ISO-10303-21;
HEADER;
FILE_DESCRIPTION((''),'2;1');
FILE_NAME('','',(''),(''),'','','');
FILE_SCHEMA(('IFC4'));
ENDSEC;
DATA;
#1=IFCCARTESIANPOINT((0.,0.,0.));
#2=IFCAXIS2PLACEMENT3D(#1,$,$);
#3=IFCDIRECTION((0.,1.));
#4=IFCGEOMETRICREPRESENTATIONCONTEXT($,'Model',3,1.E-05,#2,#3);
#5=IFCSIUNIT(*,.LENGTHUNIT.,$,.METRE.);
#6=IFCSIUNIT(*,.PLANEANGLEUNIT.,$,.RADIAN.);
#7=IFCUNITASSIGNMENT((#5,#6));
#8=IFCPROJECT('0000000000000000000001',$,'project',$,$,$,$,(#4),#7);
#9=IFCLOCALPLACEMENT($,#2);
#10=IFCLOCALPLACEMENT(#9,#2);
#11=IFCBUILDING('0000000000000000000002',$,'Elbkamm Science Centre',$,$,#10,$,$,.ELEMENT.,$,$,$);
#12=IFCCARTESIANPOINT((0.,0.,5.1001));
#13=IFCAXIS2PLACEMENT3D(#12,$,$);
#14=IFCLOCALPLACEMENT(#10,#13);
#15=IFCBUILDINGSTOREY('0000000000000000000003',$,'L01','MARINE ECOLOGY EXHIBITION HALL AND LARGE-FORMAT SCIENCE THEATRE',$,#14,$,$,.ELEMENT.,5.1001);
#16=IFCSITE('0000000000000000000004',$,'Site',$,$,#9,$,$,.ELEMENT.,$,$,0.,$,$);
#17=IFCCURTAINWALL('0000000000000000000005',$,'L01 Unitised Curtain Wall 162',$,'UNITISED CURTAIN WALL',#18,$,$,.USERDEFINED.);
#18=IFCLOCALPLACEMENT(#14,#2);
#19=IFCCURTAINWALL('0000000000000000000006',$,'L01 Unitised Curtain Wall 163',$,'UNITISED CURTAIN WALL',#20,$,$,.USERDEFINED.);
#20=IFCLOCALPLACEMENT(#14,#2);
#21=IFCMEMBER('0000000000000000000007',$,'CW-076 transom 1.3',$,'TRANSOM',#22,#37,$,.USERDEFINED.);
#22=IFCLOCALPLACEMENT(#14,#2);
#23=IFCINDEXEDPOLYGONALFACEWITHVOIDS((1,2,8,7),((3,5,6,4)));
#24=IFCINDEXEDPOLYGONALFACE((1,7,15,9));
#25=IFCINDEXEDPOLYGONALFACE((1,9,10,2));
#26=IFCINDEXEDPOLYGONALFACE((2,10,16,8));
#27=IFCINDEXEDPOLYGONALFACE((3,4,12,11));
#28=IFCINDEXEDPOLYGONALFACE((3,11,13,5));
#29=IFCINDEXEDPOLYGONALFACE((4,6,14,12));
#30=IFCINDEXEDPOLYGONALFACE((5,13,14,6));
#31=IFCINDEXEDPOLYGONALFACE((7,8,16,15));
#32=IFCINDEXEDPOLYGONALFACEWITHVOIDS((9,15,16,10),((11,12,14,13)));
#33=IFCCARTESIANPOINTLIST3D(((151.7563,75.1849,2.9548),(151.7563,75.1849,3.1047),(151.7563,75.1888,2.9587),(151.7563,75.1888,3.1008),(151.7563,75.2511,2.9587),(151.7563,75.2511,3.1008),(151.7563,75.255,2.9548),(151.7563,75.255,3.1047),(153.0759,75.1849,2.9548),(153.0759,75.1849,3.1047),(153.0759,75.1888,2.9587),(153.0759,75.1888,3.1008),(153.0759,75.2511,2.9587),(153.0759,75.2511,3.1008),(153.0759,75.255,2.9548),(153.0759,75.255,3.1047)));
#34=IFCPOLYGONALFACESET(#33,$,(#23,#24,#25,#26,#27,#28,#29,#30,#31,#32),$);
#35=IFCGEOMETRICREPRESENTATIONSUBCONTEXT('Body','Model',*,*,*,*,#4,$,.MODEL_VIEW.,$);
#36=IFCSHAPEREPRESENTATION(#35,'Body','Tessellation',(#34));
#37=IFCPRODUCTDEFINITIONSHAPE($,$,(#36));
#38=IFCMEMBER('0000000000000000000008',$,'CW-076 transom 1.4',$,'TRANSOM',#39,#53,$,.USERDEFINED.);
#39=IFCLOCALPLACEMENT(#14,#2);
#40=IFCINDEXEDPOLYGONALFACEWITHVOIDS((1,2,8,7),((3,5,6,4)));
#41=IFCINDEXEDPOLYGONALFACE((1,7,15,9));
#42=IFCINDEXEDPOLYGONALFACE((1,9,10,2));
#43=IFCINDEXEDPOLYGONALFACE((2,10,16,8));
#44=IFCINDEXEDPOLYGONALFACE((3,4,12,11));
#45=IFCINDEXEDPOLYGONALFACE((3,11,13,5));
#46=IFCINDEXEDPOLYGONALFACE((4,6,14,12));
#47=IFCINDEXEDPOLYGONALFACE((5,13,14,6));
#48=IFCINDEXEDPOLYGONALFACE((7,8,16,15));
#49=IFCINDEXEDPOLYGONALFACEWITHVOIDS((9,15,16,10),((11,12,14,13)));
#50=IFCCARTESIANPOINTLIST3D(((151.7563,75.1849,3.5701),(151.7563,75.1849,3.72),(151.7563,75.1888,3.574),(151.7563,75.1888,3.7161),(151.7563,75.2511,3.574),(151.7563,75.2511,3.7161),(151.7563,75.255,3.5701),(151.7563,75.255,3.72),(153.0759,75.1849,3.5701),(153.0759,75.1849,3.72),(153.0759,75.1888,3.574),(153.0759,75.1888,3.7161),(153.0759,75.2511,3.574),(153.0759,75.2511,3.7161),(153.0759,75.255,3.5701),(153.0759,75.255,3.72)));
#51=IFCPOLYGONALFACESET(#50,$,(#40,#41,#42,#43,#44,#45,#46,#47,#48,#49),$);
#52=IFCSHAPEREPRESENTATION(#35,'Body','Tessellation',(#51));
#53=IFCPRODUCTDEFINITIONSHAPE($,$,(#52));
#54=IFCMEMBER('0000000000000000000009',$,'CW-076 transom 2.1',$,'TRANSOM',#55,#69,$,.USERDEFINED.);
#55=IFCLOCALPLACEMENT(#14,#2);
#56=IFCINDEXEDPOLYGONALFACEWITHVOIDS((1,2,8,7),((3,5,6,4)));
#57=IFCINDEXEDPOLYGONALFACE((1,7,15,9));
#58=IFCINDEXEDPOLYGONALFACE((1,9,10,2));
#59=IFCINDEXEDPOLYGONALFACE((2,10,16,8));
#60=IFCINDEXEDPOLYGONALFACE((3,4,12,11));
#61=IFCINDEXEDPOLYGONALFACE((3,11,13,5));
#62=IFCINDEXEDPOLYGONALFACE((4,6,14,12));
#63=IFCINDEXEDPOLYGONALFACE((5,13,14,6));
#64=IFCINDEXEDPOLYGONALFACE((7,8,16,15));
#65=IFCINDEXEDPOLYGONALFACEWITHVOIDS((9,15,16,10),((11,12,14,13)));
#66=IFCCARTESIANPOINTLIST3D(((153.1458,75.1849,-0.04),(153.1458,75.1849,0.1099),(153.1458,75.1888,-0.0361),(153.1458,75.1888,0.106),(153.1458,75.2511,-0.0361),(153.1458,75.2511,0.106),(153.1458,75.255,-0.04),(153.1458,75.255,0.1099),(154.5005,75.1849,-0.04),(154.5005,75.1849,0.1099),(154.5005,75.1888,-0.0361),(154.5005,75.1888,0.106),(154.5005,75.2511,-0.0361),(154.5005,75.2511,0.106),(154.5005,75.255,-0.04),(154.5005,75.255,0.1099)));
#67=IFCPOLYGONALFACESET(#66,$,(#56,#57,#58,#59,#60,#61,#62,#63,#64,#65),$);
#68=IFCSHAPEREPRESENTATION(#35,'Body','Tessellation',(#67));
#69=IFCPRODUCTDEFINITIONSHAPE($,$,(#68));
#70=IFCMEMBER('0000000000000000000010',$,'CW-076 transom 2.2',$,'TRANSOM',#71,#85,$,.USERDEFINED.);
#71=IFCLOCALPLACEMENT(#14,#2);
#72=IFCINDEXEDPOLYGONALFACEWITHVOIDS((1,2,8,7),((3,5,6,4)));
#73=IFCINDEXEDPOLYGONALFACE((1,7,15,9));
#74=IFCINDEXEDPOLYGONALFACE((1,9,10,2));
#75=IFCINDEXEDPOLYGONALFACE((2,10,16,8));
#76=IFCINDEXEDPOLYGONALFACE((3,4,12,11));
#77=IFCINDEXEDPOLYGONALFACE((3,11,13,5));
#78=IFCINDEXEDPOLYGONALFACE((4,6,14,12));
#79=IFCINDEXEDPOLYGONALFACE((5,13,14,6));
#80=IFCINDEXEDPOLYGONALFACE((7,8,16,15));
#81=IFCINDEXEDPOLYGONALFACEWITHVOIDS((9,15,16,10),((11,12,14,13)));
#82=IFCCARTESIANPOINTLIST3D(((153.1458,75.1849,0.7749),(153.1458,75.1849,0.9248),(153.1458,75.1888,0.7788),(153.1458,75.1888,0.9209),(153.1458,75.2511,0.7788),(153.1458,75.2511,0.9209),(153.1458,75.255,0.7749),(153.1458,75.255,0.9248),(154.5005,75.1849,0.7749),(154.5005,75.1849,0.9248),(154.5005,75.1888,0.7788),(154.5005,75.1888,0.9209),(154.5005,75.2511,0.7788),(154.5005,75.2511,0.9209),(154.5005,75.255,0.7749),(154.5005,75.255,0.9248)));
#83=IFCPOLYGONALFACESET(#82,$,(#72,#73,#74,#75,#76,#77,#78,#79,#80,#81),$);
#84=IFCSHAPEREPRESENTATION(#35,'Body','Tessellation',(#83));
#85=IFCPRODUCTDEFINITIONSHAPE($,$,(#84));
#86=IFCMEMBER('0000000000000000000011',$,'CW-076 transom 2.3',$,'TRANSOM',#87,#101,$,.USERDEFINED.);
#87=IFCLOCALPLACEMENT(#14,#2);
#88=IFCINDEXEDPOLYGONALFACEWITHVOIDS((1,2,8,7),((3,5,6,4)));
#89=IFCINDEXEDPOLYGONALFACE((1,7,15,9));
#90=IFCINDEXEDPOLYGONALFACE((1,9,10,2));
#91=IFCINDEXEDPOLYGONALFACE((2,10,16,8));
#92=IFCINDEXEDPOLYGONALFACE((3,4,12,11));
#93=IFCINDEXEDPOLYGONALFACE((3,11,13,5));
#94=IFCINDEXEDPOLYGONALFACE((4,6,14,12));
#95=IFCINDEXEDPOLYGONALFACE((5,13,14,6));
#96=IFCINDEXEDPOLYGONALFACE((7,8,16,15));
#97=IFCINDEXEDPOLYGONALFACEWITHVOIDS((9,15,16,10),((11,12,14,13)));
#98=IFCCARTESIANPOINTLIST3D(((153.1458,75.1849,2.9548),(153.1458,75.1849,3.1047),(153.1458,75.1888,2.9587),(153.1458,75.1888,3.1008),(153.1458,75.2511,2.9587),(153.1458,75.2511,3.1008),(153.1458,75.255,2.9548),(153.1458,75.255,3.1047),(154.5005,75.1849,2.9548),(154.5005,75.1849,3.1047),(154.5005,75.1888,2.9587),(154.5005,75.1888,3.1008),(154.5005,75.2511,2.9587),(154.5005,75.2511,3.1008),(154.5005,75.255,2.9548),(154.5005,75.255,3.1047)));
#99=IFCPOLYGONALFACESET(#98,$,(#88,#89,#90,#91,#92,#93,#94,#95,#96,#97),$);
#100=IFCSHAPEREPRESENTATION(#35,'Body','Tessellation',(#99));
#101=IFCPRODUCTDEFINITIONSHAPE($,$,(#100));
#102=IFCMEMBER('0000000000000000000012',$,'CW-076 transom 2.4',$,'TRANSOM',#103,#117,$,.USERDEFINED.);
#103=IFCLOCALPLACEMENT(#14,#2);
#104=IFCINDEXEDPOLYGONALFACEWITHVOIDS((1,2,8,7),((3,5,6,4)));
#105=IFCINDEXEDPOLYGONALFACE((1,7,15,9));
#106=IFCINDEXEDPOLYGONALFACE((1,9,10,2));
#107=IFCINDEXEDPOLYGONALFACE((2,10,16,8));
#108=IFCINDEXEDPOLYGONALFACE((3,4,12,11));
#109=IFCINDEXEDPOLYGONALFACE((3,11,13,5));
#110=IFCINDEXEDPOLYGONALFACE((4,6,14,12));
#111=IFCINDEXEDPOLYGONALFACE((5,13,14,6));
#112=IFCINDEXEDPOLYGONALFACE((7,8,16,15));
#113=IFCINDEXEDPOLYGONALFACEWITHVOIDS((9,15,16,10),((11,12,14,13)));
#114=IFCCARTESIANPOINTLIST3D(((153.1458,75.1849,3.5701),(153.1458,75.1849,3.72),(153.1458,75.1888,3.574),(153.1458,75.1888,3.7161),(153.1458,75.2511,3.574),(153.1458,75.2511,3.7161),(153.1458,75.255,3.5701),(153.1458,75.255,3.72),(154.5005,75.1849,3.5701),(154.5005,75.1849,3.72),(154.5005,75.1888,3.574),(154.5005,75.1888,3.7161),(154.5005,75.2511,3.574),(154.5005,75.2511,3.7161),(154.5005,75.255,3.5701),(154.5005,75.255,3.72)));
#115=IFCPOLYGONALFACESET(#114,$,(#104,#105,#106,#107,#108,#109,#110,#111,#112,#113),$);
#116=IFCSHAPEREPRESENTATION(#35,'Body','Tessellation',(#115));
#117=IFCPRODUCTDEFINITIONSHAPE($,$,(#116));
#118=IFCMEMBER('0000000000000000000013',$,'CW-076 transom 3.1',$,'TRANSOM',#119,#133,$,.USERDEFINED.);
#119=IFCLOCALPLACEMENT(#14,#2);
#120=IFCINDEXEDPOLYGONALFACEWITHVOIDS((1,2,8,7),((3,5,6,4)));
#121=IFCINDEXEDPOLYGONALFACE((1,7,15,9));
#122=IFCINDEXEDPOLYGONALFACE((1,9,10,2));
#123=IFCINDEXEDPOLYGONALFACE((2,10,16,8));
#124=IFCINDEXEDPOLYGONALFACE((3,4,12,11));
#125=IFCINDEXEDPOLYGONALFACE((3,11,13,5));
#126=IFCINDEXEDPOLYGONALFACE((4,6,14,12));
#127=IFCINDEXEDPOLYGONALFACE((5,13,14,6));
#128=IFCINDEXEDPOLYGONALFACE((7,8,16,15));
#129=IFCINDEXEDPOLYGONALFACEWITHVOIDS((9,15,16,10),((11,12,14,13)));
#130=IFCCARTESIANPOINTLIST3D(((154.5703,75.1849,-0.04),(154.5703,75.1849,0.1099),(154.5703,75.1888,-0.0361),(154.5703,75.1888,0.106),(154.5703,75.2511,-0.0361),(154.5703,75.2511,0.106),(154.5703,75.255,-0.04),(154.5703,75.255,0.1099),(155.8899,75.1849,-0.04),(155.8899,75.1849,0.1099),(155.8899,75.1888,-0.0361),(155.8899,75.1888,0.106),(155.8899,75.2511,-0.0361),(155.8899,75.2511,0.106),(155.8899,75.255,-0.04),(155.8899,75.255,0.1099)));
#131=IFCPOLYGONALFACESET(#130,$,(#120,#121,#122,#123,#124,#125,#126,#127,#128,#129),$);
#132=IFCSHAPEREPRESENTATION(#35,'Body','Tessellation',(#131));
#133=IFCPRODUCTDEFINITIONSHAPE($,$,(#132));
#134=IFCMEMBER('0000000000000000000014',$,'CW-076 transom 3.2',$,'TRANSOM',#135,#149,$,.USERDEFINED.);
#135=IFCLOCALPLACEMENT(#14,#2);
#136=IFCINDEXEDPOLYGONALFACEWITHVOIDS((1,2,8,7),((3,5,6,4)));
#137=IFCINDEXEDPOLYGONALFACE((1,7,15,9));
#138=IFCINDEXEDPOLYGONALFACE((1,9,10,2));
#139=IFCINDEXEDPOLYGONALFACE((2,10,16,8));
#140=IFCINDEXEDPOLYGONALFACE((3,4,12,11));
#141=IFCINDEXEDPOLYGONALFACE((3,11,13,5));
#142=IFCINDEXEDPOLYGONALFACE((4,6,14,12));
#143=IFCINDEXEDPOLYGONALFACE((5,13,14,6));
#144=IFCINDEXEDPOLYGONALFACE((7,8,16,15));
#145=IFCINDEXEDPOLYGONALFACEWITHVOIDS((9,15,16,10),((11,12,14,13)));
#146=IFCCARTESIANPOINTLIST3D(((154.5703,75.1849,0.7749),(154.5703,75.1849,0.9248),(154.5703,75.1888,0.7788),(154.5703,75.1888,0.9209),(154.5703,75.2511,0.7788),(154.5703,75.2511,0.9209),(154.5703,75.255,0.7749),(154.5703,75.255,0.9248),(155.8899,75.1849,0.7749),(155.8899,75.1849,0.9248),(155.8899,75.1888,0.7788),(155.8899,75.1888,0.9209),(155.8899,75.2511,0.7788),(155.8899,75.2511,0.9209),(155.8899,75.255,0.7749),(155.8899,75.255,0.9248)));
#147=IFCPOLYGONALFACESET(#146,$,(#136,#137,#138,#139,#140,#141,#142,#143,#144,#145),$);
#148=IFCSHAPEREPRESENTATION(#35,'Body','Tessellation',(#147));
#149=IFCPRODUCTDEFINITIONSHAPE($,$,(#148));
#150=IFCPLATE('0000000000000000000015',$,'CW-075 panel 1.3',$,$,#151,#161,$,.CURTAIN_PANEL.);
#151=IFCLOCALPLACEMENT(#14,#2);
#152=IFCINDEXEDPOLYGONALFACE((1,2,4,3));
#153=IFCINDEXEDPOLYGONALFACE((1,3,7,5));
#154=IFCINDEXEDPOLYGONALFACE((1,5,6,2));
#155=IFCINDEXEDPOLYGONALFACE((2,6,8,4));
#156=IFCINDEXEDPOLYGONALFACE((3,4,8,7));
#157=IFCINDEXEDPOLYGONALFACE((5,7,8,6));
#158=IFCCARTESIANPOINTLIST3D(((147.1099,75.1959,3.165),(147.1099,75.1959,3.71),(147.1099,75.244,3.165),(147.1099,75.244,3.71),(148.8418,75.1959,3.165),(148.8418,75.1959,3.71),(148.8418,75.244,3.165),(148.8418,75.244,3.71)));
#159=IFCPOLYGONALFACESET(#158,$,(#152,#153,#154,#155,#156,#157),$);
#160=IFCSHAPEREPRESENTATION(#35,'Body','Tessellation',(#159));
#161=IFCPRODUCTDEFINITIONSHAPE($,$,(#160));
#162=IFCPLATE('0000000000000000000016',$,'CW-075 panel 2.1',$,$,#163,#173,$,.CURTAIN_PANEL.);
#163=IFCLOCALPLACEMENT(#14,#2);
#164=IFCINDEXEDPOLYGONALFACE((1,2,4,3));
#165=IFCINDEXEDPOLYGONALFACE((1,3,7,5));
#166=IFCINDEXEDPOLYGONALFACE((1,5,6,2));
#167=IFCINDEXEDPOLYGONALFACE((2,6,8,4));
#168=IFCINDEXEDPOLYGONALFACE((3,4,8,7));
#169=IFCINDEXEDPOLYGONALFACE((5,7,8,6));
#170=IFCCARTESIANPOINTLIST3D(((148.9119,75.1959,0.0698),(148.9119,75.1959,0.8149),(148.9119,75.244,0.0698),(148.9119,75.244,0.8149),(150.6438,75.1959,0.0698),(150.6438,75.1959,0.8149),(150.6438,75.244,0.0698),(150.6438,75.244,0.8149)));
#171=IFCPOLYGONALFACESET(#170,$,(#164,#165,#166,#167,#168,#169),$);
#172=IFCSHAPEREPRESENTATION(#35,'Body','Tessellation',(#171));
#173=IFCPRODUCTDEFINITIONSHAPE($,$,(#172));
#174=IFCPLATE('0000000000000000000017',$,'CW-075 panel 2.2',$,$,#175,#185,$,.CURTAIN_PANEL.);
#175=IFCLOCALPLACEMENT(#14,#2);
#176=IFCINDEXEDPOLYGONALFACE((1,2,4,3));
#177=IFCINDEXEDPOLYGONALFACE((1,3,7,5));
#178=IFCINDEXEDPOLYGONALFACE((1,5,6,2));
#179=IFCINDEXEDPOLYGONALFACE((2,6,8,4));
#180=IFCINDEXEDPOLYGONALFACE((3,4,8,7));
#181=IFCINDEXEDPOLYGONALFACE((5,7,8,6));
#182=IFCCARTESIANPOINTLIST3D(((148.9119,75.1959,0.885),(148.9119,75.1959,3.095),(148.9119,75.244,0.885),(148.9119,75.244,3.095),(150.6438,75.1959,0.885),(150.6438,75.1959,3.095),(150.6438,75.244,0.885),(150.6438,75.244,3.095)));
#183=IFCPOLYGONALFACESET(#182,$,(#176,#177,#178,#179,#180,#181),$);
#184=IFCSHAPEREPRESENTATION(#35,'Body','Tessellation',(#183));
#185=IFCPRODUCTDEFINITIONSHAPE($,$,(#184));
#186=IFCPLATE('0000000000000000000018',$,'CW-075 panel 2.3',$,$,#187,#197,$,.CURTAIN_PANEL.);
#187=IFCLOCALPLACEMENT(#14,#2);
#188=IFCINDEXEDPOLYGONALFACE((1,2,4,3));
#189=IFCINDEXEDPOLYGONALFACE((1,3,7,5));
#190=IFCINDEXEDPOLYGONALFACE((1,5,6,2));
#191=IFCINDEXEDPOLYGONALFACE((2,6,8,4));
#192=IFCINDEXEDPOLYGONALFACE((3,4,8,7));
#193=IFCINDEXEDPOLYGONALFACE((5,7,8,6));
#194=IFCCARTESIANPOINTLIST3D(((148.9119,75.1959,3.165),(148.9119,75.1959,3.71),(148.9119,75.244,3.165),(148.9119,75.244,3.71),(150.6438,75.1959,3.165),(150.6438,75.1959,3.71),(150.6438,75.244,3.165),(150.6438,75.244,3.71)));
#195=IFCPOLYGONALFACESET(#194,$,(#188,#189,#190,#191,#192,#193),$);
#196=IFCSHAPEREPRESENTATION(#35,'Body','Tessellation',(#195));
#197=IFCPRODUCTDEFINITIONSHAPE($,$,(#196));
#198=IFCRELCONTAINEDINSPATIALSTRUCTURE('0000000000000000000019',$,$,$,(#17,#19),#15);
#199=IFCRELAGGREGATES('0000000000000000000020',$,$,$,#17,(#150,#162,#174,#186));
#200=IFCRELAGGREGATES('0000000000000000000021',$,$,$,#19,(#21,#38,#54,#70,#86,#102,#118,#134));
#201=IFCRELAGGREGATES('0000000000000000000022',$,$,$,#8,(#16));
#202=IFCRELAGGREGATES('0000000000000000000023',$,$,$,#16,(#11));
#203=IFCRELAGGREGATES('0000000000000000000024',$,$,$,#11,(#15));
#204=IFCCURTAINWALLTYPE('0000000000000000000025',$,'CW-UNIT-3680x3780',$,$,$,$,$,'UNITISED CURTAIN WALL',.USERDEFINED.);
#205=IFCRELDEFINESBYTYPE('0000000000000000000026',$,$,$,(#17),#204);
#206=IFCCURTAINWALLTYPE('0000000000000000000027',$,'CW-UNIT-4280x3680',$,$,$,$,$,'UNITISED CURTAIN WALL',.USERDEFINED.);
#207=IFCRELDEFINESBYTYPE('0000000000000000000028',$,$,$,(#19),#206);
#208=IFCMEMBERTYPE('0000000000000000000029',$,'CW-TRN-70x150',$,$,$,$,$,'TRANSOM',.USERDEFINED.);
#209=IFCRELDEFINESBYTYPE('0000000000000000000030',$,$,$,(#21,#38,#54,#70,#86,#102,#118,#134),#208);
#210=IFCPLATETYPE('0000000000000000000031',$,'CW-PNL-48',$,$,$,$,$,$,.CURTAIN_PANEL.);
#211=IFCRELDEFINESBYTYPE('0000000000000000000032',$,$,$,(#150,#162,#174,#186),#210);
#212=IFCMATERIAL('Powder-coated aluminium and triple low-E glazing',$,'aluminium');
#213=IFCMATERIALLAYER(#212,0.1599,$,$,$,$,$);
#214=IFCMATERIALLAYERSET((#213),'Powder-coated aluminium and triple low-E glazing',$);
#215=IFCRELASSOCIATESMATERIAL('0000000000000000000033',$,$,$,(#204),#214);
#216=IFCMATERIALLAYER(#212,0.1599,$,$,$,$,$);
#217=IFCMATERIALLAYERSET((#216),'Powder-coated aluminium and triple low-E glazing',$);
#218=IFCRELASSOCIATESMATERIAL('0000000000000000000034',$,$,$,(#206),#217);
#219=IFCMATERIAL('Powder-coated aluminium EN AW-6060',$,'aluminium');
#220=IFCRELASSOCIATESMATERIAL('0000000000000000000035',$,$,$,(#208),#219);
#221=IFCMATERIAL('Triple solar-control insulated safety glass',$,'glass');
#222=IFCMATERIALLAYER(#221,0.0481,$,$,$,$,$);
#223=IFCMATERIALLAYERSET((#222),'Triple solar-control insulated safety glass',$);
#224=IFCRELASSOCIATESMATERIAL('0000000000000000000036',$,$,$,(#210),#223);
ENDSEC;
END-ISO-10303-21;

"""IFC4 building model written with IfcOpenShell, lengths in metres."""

from ifc_helpers import new_model, si_unit, direction, frame, origin, origin_2d, place, context, subcontext, project, spatial, rectangle, hollow_rectangle, extrude, material, layer, layer_set, material_profile, profile_set, type_object, element, aggregate, save


model = new_model("IFC4")

# Units and contexts
model_context = context("Model", 3, precision=1e-05, world=origin(), true_north=direction((0.0, 1.0)))
body_context = subcontext(model_context, "Body", "Model", "MODEL_VIEW")
ifc_project = project(units=[si_unit("LENGTHUNIT", "METRE"), si_unit("PLANEANGLEUNIT", "RADIAN")], contexts=[model_context])

# Site, building, storey
site_placement = place(None, origin())
site = spatial("IfcSite", under=ifc_project, at=site_placement, Name="Site", CompositionType="ELEMENT", RefElevation=0.0)
building_placement = place(site_placement, origin())
building = spatial("IfcBuilding", under=site, at=building_placement, Name="Elbkamm Science Centre", CompositionType="ELEMENT")
storey_placement = place(building_placement, frame((0.0, 0.0, 5.1001)))
storey = spatial("IfcBuildingStorey", under=building, at=storey_placement, Name="L01", Description="MARINE ECOLOGY EXHIBITION HALL AND LARGE-FORMAT SCIENCE THEATRE", CompositionType="ELEMENT", Elevation=5.1001)

# Curtain walls
ifc_material_1 = material(Name="Powder-coated aluminium and triple low-E glazing", Category="aluminium")
ifc_layer_1 = layer(ifc_material_1, 0.1599)
ifc_layer_set_1 = layer_set([ifc_layer_1], Name="Powder-coated aluminium and triple low-E glazing")
curtain_wall_type_1 = type_object("IfcCurtainWallType", Name="CW-UNIT-3680x3780", ElementType="UNITISED CURTAIN WALL", PredefinedType="USERDEFINED", material=ifc_layer_set_1)
curtain_wall_1_placement = place(storey_placement, origin())
curtain_wall_1 = element("IfcCurtainWall", 1, at=curtain_wall_1_placement, inside=storey, type_object=curtain_wall_type_1, Name="L01 Unitised Curtain Wall 162", ObjectType="UNITISED CURTAIN WALL", PredefinedType="USERDEFINED")
ifc_material_2 = material(Name="Powder-coated aluminium EN AW-6060", Category="aluminium")
ifc_layer_2 = layer(ifc_material_1, 0.1599)
ifc_layer_set_2 = layer_set([ifc_layer_2], Name="Powder-coated aluminium and triple low-E glazing")
curtain_wall_type_2 = type_object("IfcCurtainWallType", Name="CW-UNIT-4280x3680", ElementType="UNITISED CURTAIN WALL", PredefinedType="USERDEFINED", material=ifc_layer_set_2)
curtain_wall_2_placement = place(storey_placement, origin())
curtain_wall_2 = element("IfcCurtainWall", 2, at=curtain_wall_2_placement, inside=storey, type_object=curtain_wall_type_2, Name="L01 Unitised Curtain Wall 163", ObjectType="UNITISED CURTAIN WALL", PredefinedType="USERDEFINED")

# Members
ifc_material_profile_1 = material_profile(ifc_material_2, hollow_rectangle(XDim=0.0701, YDim=0.1499, WallThickness=0.0039, at=origin_2d()), Name="ALU T70x150")
ifc_profile_set_1 = profile_set([ifc_material_profile_1], Name="Powder-coated aluminium EN AW-6060")
member_type_1 = type_object("IfcMemberType", Name="CW-TRN-70x150", ElementType="TRANSOM", PredefinedType="USERDEFINED", material=ifc_profile_set_1)
member_1_placement = place(storey_placement, frame((151.7563, 75.22, 3.0298), z_axis=(1.0, 0.0, 0.0), x_axis=(0.0, 1.0, 0.0)))
member_1 = element("IfcMember", 3, at=member_1_placement, type_object=member_type_1, Name="CW-076 transom 1.3", ObjectType="TRANSOM", PredefinedType="USERDEFINED", context=body_context, shape_type="SweptSolid", body=[
    extrude(hollow_rectangle(XDim=0.0701, YDim=0.1499, WallThickness=0.0039, at=origin_2d()), origin(), (0.0, 0.0, 1.0), 1.3196),
])
member_2_placement = place(storey_placement, frame((151.7563, 75.22, 3.645), z_axis=(1.0, 0.0, 0.0), x_axis=(0.0, 1.0, 0.0)))
member_2 = element("IfcMember", 4, at=member_2_placement, type_object=member_type_1, Name="CW-076 transom 1.4", ObjectType="TRANSOM", PredefinedType="USERDEFINED", context=body_context, shape_type="SweptSolid", body=[
    extrude(hollow_rectangle(XDim=0.0701, YDim=0.1499, WallThickness=0.0039, at=origin_2d()), origin(), (0.0, 0.0, 1.0), 1.3196),
])
member_3_placement = place(storey_placement, frame((153.1458, 75.22, 0.0349), z_axis=(1.0, 0.0, 0.0), x_axis=(0.0, 1.0, 0.0)))
member_3 = element("IfcMember", 5, at=member_3_placement, type_object=member_type_1, Name="CW-076 transom 2.1", ObjectType="TRANSOM", PredefinedType="USERDEFINED", context=body_context, shape_type="SweptSolid", body=[
    extrude(hollow_rectangle(XDim=0.0701, YDim=0.1499, WallThickness=0.0039, at=origin_2d()), origin(), (0.0, 0.0, 1.0), 1.3547),
])
member_4_placement = place(storey_placement, frame((153.1458, 75.22, 0.8499), z_axis=(1.0, 0.0, 0.0), x_axis=(0.0, 1.0, 0.0)))
member_4 = element("IfcMember", 6, at=member_4_placement, type_object=member_type_1, Name="CW-076 transom 2.2", ObjectType="TRANSOM", PredefinedType="USERDEFINED", context=body_context, shape_type="SweptSolid", body=[
    extrude(hollow_rectangle(XDim=0.0701, YDim=0.1499, WallThickness=0.0039, at=origin_2d()), origin(), (0.0, 0.0, 1.0), 1.3547),
])
member_5_placement = place(storey_placement, frame((153.1458, 75.22, 3.0298), z_axis=(1.0, 0.0, 0.0), x_axis=(0.0, 1.0, 0.0)))
member_5 = element("IfcMember", 7, at=member_5_placement, type_object=member_type_1, Name="CW-076 transom 2.3", ObjectType="TRANSOM", PredefinedType="USERDEFINED", context=body_context, shape_type="SweptSolid", body=[
    extrude(hollow_rectangle(XDim=0.0701, YDim=0.1499, WallThickness=0.0039, at=origin_2d()), origin(), (0.0, 0.0, 1.0), 1.3547),
])
member_6_placement = place(storey_placement, frame((153.1458, 75.22, 3.645), z_axis=(1.0, 0.0, 0.0), x_axis=(0.0, 1.0, 0.0)))
member_6 = element("IfcMember", 8, at=member_6_placement, type_object=member_type_1, Name="CW-076 transom 2.4", ObjectType="TRANSOM", PredefinedType="USERDEFINED", context=body_context, shape_type="SweptSolid", body=[
    extrude(hollow_rectangle(XDim=0.0701, YDim=0.1499, WallThickness=0.0039, at=origin_2d()), origin(), (0.0, 0.0, 1.0), 1.3547),
])
member_7_placement = place(storey_placement, frame((154.5703, 75.22, 0.0349), z_axis=(1.0, 0.0, 0.0), x_axis=(0.0, 1.0, 0.0)))
member_7 = element("IfcMember", 9, at=member_7_placement, type_object=member_type_1, Name="CW-076 transom 3.1", ObjectType="TRANSOM", PredefinedType="USERDEFINED", context=body_context, shape_type="SweptSolid", body=[
    extrude(hollow_rectangle(XDim=0.0701, YDim=0.1499, WallThickness=0.0039, at=origin_2d()), origin(), (0.0, 0.0, 1.0), 1.3196),
])
member_8_placement = place(storey_placement, frame((154.5703, 75.22, 0.8499), z_axis=(1.0, 0.0, 0.0), x_axis=(0.0, 1.0, 0.0)))
member_8 = element("IfcMember", 10, at=member_8_placement, type_object=member_type_1, Name="CW-076 transom 3.2", ObjectType="TRANSOM", PredefinedType="USERDEFINED", context=body_context, shape_type="SweptSolid", body=[
    extrude(hollow_rectangle(XDim=0.0701, YDim=0.1499, WallThickness=0.0039, at=origin_2d()), origin(), (0.0, 0.0, 1.0), 1.3196),
])

# Plates
ifc_material_3 = material(Name="Triple solar-control insulated safety glass", Category="glass")
ifc_layer_3 = layer(ifc_material_3, 0.0481)
ifc_layer_set_3 = layer_set([ifc_layer_3], Name="Triple solar-control insulated safety glass")
plate_type = type_object("IfcPlateType", Name="CW-PNL-48", PredefinedType="CURTAIN_PANEL", material=ifc_layer_set_3)
plate_1_placement = place(storey_placement, frame((147.9758, 75.22, 3.165), z_axis=(0.0, 0.0, 1.0), x_axis=(1.0, 0.0, 0.0)))
plate_1 = element("IfcPlate", 11, at=plate_1_placement, type_object=plate_type, Name="CW-075 panel 1.3", PredefinedType="CURTAIN_PANEL", context=body_context, shape_type="SweptSolid", body=[
    extrude(rectangle(XDim=1.7319, YDim=0.0481, at=origin_2d()), origin(), (0.0, 0.0, 1.0), 0.5449),
])
plate_2_placement = place(storey_placement, frame((149.7778, 75.22, 0.0698), z_axis=(0.0, 0.0, 1.0), x_axis=(1.0, 0.0, 0.0)))
plate_2 = element("IfcPlate", 12, at=plate_2_placement, type_object=plate_type, Name="CW-075 panel 2.1", PredefinedType="CURTAIN_PANEL", context=body_context, shape_type="SweptSolid", body=[
    extrude(rectangle(XDim=1.7319, YDim=0.0481, at=origin_2d()), origin(), (0.0, 0.0, 1.0), 0.7451),
])
plate_3_placement = place(storey_placement, frame((149.7778, 75.22, 0.885), z_axis=(0.0, 0.0, 1.0), x_axis=(1.0, 0.0, 0.0)))
plate_3 = element("IfcPlate", 13, at=plate_3_placement, type_object=plate_type, Name="CW-075 panel 2.2", PredefinedType="CURTAIN_PANEL", context=body_context, shape_type="SweptSolid", body=[
    extrude(rectangle(XDim=1.7319, YDim=0.0481, at=origin_2d()), origin(), (0.0, 0.0, 1.0), 2.21),
])
plate_4_placement = place(storey_placement, frame((149.7778, 75.22, 3.165), z_axis=(0.0, 0.0, 1.0), x_axis=(1.0, 0.0, 0.0)))
plate_4 = element("IfcPlate", 14, at=plate_4_placement, type_object=plate_type, Name="CW-075 panel 2.3", PredefinedType="CURTAIN_PANEL", context=body_context, shape_type="SweptSolid", body=[
    extrude(rectangle(XDim=1.7319, YDim=0.0481, at=origin_2d()), origin(), (0.0, 0.0, 1.0), 0.5449),
])
aggregate(curtain_wall_1, [plate_1, plate_2, plate_3, plate_4])
aggregate(curtain_wall_2, [member_1, member_2, member_3, member_4, member_5, member_6, member_7, member_8])

save(model, "model.ifc")
